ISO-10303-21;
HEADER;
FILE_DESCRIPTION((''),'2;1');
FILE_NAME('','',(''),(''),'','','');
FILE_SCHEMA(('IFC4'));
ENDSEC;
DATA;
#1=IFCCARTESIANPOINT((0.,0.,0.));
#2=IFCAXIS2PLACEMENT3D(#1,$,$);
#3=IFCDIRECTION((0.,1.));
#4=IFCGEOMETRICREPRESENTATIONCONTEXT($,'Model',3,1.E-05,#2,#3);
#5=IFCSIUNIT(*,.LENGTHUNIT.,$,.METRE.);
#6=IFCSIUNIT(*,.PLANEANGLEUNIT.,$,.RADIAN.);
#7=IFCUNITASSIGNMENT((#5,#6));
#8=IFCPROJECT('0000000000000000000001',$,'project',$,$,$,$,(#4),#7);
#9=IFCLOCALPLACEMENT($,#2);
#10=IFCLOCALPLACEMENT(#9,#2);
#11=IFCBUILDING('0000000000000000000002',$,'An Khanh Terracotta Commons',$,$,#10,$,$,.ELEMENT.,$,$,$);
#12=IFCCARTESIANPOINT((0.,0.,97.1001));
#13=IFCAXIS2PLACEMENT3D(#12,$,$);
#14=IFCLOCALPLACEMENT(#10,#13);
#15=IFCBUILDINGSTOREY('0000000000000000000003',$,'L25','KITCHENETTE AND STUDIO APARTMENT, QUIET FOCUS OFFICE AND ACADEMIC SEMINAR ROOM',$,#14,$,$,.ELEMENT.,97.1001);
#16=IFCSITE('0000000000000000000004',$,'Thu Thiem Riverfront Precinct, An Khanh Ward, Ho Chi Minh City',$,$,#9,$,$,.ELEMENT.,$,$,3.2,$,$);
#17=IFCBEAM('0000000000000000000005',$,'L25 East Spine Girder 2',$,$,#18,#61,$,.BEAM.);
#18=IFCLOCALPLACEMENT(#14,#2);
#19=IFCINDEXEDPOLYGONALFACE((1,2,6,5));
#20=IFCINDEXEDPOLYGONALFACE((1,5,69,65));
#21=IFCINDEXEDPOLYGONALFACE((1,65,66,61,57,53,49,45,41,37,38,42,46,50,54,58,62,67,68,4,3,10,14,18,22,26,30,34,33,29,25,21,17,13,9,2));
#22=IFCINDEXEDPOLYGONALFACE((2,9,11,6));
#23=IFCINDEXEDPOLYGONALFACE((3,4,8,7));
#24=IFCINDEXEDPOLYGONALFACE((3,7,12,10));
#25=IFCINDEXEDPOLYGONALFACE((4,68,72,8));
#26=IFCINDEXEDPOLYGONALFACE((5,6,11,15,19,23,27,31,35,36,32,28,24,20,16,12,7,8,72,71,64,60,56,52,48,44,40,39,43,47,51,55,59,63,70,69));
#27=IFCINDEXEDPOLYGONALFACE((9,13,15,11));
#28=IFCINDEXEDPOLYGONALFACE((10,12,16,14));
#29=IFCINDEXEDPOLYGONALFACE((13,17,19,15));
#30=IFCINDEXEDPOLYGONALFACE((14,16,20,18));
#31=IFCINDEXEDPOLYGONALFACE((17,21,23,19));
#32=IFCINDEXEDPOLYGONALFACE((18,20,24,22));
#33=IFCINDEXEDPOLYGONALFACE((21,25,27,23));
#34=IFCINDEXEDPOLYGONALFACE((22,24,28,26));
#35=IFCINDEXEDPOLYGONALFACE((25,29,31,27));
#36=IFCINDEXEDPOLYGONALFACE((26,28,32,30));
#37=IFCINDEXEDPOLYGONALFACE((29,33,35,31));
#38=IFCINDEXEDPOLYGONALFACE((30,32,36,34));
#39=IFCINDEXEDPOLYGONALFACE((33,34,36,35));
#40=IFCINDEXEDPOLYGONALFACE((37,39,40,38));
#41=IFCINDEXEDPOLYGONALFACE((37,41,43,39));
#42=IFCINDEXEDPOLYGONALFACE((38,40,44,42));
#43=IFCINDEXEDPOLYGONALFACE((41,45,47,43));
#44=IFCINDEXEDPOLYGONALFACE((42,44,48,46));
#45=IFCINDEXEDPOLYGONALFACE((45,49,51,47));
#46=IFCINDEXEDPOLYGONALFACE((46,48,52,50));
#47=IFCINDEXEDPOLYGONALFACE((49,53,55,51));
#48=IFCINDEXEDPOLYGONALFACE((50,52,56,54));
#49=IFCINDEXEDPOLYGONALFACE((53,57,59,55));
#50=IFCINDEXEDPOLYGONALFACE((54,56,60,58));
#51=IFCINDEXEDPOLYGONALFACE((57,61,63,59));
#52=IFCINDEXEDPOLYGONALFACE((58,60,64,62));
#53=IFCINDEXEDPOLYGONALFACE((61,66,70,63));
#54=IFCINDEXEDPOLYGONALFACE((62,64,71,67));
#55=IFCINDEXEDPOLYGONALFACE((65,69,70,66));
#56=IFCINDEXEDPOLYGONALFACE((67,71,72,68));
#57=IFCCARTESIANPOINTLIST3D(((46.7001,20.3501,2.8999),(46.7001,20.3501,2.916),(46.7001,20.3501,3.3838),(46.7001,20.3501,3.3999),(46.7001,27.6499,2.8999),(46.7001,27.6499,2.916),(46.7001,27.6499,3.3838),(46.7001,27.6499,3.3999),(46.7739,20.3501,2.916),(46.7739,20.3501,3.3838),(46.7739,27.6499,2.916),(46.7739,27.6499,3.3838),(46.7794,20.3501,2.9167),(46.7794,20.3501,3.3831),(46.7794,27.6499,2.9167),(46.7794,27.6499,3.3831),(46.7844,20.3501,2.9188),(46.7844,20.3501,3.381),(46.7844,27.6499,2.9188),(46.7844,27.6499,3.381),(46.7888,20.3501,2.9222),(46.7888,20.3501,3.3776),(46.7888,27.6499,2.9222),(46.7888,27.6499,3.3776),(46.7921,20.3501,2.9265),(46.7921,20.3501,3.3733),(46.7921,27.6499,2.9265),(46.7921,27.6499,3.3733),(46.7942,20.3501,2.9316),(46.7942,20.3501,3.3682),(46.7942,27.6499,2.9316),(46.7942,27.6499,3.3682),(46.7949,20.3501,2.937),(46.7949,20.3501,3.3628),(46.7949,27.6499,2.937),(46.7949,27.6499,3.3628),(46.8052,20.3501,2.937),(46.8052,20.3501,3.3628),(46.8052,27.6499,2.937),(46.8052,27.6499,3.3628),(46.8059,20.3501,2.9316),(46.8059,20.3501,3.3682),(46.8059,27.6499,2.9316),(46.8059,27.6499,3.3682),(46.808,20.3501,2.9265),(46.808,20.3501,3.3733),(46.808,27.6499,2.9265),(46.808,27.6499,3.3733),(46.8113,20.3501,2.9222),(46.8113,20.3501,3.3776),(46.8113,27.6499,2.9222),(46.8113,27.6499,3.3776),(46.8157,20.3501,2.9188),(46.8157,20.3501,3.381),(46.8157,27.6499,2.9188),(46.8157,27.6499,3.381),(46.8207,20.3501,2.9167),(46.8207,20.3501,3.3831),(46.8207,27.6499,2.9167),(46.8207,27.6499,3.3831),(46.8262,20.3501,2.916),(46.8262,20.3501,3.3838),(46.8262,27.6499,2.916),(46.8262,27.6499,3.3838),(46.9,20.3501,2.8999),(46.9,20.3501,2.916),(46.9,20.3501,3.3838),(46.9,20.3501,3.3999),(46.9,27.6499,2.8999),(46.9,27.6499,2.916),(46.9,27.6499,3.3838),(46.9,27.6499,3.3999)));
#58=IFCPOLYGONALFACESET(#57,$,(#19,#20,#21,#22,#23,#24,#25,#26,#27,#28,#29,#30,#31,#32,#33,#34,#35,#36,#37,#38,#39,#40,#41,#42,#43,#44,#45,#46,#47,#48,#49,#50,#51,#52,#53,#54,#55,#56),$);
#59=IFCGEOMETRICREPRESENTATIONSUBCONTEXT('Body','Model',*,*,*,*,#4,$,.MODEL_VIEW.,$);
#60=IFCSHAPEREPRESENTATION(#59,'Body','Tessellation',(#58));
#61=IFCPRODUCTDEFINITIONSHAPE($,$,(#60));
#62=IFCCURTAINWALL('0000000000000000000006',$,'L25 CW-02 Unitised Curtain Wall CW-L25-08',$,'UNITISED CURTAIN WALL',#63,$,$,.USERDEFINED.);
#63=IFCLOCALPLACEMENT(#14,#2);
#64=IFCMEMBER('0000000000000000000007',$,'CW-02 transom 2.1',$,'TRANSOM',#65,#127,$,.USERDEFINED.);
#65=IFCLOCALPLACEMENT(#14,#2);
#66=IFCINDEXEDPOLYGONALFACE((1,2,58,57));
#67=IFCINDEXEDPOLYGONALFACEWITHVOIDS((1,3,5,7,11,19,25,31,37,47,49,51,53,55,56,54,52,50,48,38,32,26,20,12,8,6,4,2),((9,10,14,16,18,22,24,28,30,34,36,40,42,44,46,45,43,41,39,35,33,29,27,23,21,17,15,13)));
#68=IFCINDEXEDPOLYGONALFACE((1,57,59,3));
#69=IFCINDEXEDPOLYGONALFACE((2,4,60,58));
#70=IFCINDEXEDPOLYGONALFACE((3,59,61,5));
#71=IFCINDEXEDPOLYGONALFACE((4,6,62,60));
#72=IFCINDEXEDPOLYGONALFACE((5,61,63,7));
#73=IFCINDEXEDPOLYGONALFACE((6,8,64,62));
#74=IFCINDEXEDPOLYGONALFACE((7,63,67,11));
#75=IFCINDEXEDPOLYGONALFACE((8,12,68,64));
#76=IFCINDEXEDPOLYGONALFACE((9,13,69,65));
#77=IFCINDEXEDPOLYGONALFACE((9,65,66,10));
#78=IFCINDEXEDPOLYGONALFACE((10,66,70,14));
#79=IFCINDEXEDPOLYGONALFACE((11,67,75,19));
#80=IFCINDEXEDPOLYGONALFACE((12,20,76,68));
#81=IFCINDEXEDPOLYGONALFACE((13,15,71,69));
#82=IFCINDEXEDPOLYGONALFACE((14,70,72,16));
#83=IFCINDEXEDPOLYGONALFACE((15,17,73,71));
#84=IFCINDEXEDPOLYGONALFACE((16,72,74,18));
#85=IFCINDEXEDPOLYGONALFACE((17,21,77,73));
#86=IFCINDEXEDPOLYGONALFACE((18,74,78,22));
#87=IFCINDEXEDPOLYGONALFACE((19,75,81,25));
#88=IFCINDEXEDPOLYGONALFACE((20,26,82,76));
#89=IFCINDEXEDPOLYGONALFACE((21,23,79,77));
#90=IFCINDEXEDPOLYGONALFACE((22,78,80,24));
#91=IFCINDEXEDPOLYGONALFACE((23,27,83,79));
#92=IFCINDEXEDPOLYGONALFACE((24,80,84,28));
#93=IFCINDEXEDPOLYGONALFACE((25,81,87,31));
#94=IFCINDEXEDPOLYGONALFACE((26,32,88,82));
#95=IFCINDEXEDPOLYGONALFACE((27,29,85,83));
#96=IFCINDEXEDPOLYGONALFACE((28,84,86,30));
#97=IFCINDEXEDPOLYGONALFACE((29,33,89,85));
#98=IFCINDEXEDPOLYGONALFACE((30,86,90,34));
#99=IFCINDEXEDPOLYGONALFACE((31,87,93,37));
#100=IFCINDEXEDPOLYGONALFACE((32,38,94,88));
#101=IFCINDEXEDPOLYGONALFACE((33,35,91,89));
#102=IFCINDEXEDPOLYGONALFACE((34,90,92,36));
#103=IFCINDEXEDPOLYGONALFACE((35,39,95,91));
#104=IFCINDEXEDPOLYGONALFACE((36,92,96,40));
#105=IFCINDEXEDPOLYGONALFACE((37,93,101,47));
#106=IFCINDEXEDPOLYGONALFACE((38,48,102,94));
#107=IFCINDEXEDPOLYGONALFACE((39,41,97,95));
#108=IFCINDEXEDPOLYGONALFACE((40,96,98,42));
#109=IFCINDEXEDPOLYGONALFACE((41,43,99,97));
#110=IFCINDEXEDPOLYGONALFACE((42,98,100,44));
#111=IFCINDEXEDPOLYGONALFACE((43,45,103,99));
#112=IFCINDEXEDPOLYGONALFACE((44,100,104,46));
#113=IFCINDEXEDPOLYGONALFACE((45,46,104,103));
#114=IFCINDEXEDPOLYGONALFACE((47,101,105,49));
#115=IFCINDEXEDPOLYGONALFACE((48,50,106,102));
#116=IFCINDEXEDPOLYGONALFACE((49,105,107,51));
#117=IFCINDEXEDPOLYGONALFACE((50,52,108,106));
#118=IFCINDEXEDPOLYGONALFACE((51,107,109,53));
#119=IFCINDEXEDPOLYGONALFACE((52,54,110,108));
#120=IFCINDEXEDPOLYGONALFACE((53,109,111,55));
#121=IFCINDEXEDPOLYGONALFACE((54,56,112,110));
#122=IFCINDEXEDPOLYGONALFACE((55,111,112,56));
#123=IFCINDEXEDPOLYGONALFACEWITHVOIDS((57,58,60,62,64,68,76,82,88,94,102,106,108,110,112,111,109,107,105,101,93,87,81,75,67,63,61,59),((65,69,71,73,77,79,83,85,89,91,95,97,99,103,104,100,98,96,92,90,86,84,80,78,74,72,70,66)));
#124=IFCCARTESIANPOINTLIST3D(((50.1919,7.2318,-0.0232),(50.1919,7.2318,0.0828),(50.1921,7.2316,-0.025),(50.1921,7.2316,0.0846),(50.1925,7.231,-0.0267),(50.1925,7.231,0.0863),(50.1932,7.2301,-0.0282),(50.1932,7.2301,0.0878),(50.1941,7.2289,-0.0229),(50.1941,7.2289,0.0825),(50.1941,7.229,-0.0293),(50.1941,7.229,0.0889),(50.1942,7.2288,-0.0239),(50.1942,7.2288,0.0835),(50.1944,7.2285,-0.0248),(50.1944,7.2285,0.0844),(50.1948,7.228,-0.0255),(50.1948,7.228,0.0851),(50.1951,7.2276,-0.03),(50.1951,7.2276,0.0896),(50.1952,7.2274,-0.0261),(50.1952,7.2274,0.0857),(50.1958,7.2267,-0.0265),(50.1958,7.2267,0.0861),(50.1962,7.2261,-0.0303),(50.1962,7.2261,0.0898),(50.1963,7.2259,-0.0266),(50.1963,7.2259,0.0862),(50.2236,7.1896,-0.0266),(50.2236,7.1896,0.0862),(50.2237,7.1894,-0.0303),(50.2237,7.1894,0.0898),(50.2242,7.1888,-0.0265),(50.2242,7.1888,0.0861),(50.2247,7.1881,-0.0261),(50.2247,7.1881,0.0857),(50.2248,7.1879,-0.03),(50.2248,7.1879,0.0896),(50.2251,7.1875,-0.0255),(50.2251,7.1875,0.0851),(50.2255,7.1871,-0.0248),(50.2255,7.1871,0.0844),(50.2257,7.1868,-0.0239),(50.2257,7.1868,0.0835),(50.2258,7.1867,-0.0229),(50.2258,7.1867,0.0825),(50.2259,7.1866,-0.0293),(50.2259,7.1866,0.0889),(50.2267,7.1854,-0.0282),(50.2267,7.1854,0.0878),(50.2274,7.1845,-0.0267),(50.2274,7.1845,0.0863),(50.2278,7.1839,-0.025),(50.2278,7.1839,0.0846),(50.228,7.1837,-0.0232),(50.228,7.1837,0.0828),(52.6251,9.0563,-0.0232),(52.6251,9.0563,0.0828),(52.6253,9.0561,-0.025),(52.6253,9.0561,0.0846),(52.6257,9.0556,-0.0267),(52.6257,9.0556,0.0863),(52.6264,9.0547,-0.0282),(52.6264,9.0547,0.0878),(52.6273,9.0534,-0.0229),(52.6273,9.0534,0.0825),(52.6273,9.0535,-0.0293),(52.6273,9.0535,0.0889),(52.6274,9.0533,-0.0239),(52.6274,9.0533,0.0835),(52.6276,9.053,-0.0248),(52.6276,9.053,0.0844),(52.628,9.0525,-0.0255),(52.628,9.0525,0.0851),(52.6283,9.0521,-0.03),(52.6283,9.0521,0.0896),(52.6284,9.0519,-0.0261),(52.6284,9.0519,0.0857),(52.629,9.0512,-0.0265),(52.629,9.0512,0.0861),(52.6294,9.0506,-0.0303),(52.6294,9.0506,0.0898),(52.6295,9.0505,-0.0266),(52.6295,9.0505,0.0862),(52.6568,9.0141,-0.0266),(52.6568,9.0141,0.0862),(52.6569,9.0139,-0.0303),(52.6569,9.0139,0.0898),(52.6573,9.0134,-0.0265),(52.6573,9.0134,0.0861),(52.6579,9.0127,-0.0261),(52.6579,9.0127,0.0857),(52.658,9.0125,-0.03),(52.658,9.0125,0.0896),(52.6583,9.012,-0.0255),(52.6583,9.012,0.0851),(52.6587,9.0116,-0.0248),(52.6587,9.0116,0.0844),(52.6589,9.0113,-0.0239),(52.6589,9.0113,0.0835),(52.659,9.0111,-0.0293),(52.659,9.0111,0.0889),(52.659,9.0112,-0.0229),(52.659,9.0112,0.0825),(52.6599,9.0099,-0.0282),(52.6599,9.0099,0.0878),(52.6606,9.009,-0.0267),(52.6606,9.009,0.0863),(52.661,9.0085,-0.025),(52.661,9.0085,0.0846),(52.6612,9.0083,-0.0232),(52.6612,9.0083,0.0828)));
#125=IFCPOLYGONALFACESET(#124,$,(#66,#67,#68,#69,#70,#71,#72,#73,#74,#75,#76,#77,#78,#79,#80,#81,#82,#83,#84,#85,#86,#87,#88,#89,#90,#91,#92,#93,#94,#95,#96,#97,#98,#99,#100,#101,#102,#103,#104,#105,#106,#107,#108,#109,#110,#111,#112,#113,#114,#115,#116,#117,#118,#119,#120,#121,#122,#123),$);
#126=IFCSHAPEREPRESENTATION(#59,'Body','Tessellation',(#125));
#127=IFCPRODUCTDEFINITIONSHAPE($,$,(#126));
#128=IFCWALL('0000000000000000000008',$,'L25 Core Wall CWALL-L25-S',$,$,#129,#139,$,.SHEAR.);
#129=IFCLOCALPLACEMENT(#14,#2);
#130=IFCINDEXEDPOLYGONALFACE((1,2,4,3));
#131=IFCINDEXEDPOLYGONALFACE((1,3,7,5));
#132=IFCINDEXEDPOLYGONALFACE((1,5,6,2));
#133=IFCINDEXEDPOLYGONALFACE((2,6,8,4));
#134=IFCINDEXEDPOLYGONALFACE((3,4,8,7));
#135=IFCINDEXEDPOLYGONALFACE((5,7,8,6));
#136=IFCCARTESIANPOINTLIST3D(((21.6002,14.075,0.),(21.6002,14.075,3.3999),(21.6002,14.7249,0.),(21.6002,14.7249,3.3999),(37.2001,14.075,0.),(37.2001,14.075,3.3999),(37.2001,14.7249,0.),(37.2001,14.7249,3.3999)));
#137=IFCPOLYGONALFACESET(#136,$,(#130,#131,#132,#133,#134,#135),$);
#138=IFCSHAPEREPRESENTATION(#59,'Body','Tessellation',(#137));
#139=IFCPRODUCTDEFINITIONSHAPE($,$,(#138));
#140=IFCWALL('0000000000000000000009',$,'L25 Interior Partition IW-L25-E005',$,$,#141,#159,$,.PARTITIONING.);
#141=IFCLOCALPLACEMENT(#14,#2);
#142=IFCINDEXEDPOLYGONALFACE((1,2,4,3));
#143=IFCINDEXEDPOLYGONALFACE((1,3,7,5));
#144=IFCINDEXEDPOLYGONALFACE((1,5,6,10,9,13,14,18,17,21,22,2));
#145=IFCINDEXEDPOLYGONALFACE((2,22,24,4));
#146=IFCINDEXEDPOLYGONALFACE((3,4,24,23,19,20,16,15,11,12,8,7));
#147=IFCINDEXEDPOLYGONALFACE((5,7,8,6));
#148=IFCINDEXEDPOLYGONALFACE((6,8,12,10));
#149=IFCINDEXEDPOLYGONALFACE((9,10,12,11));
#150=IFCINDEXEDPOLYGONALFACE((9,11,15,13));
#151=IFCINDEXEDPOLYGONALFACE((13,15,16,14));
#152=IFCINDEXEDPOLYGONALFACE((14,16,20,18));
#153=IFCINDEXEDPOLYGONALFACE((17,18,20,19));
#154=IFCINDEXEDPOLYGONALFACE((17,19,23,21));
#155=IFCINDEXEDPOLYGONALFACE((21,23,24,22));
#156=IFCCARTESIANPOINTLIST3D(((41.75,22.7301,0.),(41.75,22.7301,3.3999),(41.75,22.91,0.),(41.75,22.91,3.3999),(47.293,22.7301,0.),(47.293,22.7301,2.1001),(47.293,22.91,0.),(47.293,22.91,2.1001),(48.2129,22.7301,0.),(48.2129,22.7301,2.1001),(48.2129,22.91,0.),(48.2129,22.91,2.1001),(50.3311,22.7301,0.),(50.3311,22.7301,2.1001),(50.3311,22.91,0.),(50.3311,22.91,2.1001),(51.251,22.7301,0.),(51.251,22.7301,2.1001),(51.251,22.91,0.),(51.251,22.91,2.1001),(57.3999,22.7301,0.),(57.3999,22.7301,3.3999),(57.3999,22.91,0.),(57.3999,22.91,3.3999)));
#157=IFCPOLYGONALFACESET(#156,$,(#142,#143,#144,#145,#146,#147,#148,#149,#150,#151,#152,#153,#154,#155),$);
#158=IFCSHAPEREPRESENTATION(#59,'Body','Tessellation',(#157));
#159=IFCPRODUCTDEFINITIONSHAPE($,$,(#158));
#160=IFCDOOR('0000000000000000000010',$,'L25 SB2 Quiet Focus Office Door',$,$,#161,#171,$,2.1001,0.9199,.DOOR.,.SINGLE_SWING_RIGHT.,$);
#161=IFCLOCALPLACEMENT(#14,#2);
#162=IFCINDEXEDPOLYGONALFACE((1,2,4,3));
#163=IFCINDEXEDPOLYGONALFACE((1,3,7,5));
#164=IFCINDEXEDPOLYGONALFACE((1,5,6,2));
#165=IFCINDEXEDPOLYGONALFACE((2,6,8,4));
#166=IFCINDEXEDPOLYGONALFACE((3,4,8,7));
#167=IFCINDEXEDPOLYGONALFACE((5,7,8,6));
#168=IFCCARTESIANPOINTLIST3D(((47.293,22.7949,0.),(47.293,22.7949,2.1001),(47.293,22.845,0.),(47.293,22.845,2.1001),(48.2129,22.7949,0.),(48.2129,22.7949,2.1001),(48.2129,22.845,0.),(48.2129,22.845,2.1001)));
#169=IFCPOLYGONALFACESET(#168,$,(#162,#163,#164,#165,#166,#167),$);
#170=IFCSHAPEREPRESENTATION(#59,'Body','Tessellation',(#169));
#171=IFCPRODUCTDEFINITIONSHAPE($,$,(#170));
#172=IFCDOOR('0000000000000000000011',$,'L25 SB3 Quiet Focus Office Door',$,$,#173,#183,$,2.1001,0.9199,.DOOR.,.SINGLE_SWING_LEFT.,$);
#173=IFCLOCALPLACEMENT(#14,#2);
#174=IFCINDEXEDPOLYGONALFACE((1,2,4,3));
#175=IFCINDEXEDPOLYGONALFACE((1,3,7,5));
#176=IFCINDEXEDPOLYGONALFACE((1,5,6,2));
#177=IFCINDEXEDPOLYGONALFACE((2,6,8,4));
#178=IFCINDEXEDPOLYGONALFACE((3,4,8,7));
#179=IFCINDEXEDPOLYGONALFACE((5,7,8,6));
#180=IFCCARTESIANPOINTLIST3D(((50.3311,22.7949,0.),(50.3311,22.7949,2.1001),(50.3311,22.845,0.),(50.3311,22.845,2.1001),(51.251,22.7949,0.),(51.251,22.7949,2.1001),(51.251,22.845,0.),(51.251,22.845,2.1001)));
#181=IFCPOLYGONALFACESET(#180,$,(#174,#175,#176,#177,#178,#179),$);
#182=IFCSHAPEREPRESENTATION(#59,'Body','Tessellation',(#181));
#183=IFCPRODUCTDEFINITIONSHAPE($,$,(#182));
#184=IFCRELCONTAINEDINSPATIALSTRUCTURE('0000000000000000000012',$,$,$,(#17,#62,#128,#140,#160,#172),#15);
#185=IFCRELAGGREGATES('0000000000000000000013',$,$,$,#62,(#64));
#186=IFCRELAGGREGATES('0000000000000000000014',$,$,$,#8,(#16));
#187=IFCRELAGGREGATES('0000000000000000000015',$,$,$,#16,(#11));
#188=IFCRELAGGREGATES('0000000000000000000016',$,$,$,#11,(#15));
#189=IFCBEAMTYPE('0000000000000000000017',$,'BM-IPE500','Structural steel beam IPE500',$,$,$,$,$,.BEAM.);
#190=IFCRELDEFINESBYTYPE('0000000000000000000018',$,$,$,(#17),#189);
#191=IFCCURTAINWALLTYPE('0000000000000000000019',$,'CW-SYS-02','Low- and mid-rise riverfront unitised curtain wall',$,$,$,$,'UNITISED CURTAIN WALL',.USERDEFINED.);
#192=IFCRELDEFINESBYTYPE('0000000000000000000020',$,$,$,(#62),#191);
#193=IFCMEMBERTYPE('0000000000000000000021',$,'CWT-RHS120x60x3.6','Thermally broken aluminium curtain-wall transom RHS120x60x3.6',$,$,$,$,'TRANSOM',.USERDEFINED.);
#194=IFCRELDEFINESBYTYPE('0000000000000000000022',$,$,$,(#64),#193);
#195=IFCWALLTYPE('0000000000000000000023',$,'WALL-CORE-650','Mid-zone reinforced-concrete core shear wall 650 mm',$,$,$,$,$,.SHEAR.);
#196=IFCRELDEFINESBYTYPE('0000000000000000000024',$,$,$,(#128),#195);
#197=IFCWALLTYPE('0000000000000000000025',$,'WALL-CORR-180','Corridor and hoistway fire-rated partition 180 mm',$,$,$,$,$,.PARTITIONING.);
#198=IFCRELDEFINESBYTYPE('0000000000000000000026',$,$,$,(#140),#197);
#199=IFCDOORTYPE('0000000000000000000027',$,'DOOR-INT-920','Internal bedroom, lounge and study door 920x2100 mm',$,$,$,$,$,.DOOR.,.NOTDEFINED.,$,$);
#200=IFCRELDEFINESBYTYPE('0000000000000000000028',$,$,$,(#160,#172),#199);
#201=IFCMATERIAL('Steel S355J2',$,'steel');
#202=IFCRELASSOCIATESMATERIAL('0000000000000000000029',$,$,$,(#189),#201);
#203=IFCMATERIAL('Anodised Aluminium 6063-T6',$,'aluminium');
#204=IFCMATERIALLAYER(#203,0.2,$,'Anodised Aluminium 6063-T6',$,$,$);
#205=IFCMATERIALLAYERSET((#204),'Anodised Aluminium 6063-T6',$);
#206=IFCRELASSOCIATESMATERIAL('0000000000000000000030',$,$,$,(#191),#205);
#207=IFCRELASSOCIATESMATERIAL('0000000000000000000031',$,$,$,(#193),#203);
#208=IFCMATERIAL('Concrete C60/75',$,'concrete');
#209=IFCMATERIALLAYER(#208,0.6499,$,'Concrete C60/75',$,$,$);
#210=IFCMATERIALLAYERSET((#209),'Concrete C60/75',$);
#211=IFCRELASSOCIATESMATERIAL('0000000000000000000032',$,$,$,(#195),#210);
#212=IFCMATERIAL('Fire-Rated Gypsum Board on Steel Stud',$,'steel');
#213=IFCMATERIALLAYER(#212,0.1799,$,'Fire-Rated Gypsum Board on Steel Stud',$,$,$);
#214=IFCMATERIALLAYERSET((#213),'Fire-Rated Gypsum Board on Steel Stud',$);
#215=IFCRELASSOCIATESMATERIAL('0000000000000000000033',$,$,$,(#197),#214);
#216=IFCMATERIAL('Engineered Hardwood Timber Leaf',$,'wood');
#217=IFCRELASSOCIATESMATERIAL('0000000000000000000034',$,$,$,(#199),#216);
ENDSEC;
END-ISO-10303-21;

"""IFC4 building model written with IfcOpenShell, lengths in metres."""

from ifc_helpers import new_model, si_unit, direction, frame, frame_2d, origin, origin_2d, place, context, subcontext, project, spatial, rectangle, hollow_rectangle, i_section, extrude, material, layer, layer_set, material_profile, profile_set, type_object, element, fill, aggregate, save


model = new_model("IFC4")

# Units and contexts
model_context = context("Model", 3, precision=1e-05, world=origin(), true_north=direction((0.0, 1.0)))
body_context = subcontext(model_context, "Body", "Model", "MODEL_VIEW")
ifc_project = project(units=[si_unit("LENGTHUNIT", "METRE"), si_unit("PLANEANGLEUNIT", "RADIAN")], contexts=[model_context])

# Site, building, storey
site_placement = place(None, origin())
site = spatial("IfcSite", under=ifc_project, at=site_placement, Name="Thu Thiem Riverfront Precinct, An Khanh Ward, Ho Chi Minh City", CompositionType="ELEMENT", RefElevation=3.2)
building_placement = place(site_placement, origin())
building = spatial("IfcBuilding", under=site, at=building_placement, Name="An Khanh Terracotta Commons", CompositionType="ELEMENT")
storey_placement = place(building_placement, frame((0.0, 0.0, 97.1001)))
storey = spatial("IfcBuildingStorey", under=building, at=storey_placement, Name="L25", Description="KITCHENETTE AND STUDIO APARTMENT, QUIET FOCUS OFFICE AND ACADEMIC SEMINAR ROOM", CompositionType="ELEMENT", Elevation=97.1001)

# Beam
ifc_material_1 = material(Name="Steel S355J2", Category="steel")
ifc_material_profile_1 = material_profile(ifc_material_1, i_section(OverallWidth=0.2, OverallDepth=0.5, WebThickness=0.0103, FlangeThickness=0.0161, FilletRadius=0.021, at=origin_2d()), Name="IPE500")
ifc_profile_set_1 = profile_set([ifc_material_profile_1], Name="Steel S355J2")
beam_type_1 = type_object("IfcBeamType", Name="BM-IPE500", Description="Structural steel beam IPE500", PredefinedType="BEAM", material=ifc_profile_set_1)
beam_1_placement = place(storey_placement, frame((46.8, 20.3501, 3.1499), z_axis=(0.0, 1.0, 0.0), x_axis=(-1.0, 0.0, 0.0)))
element("IfcBeam", 1, at=beam_1_placement, inside=storey, type_object=beam_type_1, Name="L25 East Spine Girder 2", PredefinedType="BEAM", context=body_context, shape_type="SweptSolid", body=[
    extrude(i_section(OverallWidth=0.2, OverallDepth=0.5, WebThickness=0.0103, FlangeThickness=0.0161, FilletRadius=0.021, at=origin_2d()), origin(), (0.0, 0.0, 1.0), 7.2998),
])

# Curtain wall, member
ifc_material_2 = material(Name="Anodised Aluminium 6063-T6", Category="aluminium")
ifc_layer_1 = layer(ifc_material_2, 0.2, Name="Anodised Aluminium 6063-T6")
ifc_layer_set_1 = layer_set([ifc_layer_1], Name="Anodised Aluminium 6063-T6")
curtain_wall_type = type_object("IfcCurtainWallType", Name="CW-SYS-02", Description="Low- and mid-rise riverfront unitised curtain wall", ElementType="UNITISED CURTAIN WALL", PredefinedType="USERDEFINED", material=ifc_layer_set_1)
curtain_wall_placement = place(storey_placement, origin())
curtain_wall = element("IfcCurtainWall", 2, at=curtain_wall_placement, inside=storey, type_object=curtain_wall_type, Name="L25 CW-02 Unitised Curtain Wall CW-L25-08", ObjectType="UNITISED CURTAIN WALL", PredefinedType="USERDEFINED")
ifc_material_profile_2 = material_profile(ifc_material_2, hollow_rectangle(XDim=0.0601, YDim=0.1201, WallThickness=0.0037, InnerFilletRadius=0.0037, OuterFilletRadius=0.0071, at=origin_2d()), Name="RHS120x60x3.6")
ifc_profile_set_2 = profile_set([ifc_material_profile_2], Name="Anodised Aluminium 6063-T6")
member_type = type_object("IfcMemberType", Name="CWT-RHS120x60x3.6", Description="Thermally broken aluminium curtain-wall transom RHS120x60x3.6", ElementType="TRANSOM", PredefinedType="USERDEFINED", material=ifc_profile_set_2)
member_placement = place(storey_placement, frame((50.21, 7.2078, 0.0298), z_axis=(0.800058, 0.599923, 0.0), x_axis=(-0.599923, 0.800058, 0.0)))
member = element("IfcMember", 3, at=member_placement, type_object=member_type, Name="CW-02 transom 2.1", ObjectType="TRANSOM", PredefinedType="USERDEFINED", context=body_context, shape_type="SweptSolid", body=[
    extrude(hollow_rectangle(XDim=0.0601, YDim=0.1201, WallThickness=0.0037, InnerFilletRadius=0.0037, OuterFilletRadius=0.0071, at=origin_2d()), origin(), (0.0, 0.0, 1.0), 3.0413),
])
aggregate(curtain_wall, [member])

# Wall
ifc_material_3 = material(Name="Concrete C60/75", Category="concrete")
ifc_layer_2 = layer(ifc_material_3, 0.6499, Name="Concrete C60/75")
ifc_layer_set_2 = layer_set([ifc_layer_2], Name="Concrete C60/75")
wall_type_1 = type_object("IfcWallType", Name="WALL-CORE-650", Description="Mid-zone reinforced-concrete core shear wall 650 mm", PredefinedType="SHEAR", material=ifc_layer_set_2)
wall_1_placement = place(storey_placement, frame((37.2, 14.3999, 0.0), z_axis=(0.0, 0.0, 1.0), x_axis=(-1.0, 0.0, 0.0)))
element("IfcWall", 4, at=wall_1_placement, inside=storey, type_object=wall_type_1, Name="L25 Core Wall CWALL-L25-S", PredefinedType="SHEAR", context=body_context, shape_type="SweptSolid", body=[
    extrude(rectangle(XDim=15.5999, YDim=0.6499, at=frame_2d((7.7998, 0.0))), origin(), (0.0, 0.0, 1.0), 3.3999),
])

# Wall, openings, doors
ifc_material_4 = material(Name="Fire-Rated Gypsum Board on Steel Stud", Category="steel")
ifc_layer_3 = layer(ifc_material_4, 0.1799, Name="Fire-Rated Gypsum Board on Steel Stud")
ifc_layer_set_3 = layer_set([ifc_layer_3], Name="Fire-Rated Gypsum Board on Steel Stud")
wall_type_2 = type_object("IfcWallType", Name="WALL-CORR-180", Description="Corridor and hoistway fire-rated partition 180 mm", PredefinedType="PARTITIONING", material=ifc_layer_set_3)
wall_2_placement = place(storey_placement, frame((41.75, 22.8201, 0.0), z_axis=(0.0, 0.0, 1.0), x_axis=(1.0, 0.0, 0.0)))
wall_2 = element("IfcWall", 5, at=wall_2_placement, inside=storey, type_object=wall_type_2, Name="L25 Interior Partition IW-L25-E005", PredefinedType="PARTITIONING", context=body_context, shape_type="SweptSolid", body=[
    extrude(rectangle(XDim=15.6499, YDim=0.1799, at=frame_2d((7.825, 0.0))), origin(), (0.0, 0.0, 1.0), 3.3999),
])
opening_1_placement = place(wall_2_placement, frame((5.543, 0.0, 0.0)))
opening_1 = element("IfcOpeningElement", 6, at=opening_1_placement, cuts=wall_2, PredefinedType="OPENING", context=body_context, shape_type="SweptSolid", body=[
    extrude(rectangle(XDim=0.9199, YDim=2.1001, at=frame_2d((0.46, 1.05))), frame((0.0, 0.0999, 0.0), z_axis=(0.0, -1.0, 0.0), x_axis=(1.0, 0.0, 0.0)), (0.0, 0.0, 1.0), 0.2),
])
opening_2_placement = place(wall_2_placement, frame((8.5811, 0.0, 0.0)))
opening_2 = element("IfcOpeningElement", 7, at=opening_2_placement, cuts=wall_2, PredefinedType="OPENING", context=body_context, shape_type="SweptSolid", body=[
    extrude(rectangle(XDim=0.9199, YDim=2.1001, at=frame_2d((0.46, 1.05))), frame((0.0, 0.0999, 0.0), z_axis=(0.0, -1.0, 0.0), x_axis=(1.0, 0.0, 0.0)), (0.0, 0.0, 1.0), 0.2),
])
ifc_material_5 = material(Name="Engineered Hardwood Timber Leaf", Category="wood")
door_type_1 = type_object("IfcDoorType", Name="DOOR-INT-920", Description="Internal bedroom, lounge and study door 920x2100 mm", OperationType="NOTDEFINED", PredefinedType="DOOR", material=ifc_material_5)
door_1_placement = place(opening_1_placement, origin())
door_1 = element("IfcDoor", 8, at=door_1_placement, inside=storey, type_object=door_type_1, Name="L25 SB2 Quiet Focus Office Door", OperationType="SINGLE_SWING_RIGHT", OverallHeight=2.1001, OverallWidth=0.9199, PredefinedType="DOOR", context=body_context, shape_type="SweptSolid", body=[
    extrude(rectangle(XDim=0.9199, YDim=2.1001, at=frame_2d((0.46, 1.05))), frame((0.0, 0.0249, 0.0), z_axis=(0.0, -1.0, 0.0), x_axis=(1.0, 0.0, 0.0)), (0.0, 0.0, 1.0), 0.05),
])
fill(opening_1, door_1)
door_2_placement = place(opening_2_placement, origin())
door_2 = element("IfcDoor", 9, at=door_2_placement, inside=storey, type_object=door_type_1, Name="L25 SB3 Quiet Focus Office Door", OperationType="SINGLE_SWING_LEFT", OverallHeight=2.1001, OverallWidth=0.9199, PredefinedType="DOOR", context=body_context, shape_type="SweptSolid", body=[
    extrude(rectangle(XDim=0.9199, YDim=2.1001, at=frame_2d((0.46, 1.05))), frame((0.0, 0.0249, 0.0), z_axis=(0.0, -1.0, 0.0), x_axis=(1.0, 0.0, 0.0)), (0.0, 0.0, 1.0), 0.05),
])
fill(opening_2, door_2)

save(model, "model.ifc")
